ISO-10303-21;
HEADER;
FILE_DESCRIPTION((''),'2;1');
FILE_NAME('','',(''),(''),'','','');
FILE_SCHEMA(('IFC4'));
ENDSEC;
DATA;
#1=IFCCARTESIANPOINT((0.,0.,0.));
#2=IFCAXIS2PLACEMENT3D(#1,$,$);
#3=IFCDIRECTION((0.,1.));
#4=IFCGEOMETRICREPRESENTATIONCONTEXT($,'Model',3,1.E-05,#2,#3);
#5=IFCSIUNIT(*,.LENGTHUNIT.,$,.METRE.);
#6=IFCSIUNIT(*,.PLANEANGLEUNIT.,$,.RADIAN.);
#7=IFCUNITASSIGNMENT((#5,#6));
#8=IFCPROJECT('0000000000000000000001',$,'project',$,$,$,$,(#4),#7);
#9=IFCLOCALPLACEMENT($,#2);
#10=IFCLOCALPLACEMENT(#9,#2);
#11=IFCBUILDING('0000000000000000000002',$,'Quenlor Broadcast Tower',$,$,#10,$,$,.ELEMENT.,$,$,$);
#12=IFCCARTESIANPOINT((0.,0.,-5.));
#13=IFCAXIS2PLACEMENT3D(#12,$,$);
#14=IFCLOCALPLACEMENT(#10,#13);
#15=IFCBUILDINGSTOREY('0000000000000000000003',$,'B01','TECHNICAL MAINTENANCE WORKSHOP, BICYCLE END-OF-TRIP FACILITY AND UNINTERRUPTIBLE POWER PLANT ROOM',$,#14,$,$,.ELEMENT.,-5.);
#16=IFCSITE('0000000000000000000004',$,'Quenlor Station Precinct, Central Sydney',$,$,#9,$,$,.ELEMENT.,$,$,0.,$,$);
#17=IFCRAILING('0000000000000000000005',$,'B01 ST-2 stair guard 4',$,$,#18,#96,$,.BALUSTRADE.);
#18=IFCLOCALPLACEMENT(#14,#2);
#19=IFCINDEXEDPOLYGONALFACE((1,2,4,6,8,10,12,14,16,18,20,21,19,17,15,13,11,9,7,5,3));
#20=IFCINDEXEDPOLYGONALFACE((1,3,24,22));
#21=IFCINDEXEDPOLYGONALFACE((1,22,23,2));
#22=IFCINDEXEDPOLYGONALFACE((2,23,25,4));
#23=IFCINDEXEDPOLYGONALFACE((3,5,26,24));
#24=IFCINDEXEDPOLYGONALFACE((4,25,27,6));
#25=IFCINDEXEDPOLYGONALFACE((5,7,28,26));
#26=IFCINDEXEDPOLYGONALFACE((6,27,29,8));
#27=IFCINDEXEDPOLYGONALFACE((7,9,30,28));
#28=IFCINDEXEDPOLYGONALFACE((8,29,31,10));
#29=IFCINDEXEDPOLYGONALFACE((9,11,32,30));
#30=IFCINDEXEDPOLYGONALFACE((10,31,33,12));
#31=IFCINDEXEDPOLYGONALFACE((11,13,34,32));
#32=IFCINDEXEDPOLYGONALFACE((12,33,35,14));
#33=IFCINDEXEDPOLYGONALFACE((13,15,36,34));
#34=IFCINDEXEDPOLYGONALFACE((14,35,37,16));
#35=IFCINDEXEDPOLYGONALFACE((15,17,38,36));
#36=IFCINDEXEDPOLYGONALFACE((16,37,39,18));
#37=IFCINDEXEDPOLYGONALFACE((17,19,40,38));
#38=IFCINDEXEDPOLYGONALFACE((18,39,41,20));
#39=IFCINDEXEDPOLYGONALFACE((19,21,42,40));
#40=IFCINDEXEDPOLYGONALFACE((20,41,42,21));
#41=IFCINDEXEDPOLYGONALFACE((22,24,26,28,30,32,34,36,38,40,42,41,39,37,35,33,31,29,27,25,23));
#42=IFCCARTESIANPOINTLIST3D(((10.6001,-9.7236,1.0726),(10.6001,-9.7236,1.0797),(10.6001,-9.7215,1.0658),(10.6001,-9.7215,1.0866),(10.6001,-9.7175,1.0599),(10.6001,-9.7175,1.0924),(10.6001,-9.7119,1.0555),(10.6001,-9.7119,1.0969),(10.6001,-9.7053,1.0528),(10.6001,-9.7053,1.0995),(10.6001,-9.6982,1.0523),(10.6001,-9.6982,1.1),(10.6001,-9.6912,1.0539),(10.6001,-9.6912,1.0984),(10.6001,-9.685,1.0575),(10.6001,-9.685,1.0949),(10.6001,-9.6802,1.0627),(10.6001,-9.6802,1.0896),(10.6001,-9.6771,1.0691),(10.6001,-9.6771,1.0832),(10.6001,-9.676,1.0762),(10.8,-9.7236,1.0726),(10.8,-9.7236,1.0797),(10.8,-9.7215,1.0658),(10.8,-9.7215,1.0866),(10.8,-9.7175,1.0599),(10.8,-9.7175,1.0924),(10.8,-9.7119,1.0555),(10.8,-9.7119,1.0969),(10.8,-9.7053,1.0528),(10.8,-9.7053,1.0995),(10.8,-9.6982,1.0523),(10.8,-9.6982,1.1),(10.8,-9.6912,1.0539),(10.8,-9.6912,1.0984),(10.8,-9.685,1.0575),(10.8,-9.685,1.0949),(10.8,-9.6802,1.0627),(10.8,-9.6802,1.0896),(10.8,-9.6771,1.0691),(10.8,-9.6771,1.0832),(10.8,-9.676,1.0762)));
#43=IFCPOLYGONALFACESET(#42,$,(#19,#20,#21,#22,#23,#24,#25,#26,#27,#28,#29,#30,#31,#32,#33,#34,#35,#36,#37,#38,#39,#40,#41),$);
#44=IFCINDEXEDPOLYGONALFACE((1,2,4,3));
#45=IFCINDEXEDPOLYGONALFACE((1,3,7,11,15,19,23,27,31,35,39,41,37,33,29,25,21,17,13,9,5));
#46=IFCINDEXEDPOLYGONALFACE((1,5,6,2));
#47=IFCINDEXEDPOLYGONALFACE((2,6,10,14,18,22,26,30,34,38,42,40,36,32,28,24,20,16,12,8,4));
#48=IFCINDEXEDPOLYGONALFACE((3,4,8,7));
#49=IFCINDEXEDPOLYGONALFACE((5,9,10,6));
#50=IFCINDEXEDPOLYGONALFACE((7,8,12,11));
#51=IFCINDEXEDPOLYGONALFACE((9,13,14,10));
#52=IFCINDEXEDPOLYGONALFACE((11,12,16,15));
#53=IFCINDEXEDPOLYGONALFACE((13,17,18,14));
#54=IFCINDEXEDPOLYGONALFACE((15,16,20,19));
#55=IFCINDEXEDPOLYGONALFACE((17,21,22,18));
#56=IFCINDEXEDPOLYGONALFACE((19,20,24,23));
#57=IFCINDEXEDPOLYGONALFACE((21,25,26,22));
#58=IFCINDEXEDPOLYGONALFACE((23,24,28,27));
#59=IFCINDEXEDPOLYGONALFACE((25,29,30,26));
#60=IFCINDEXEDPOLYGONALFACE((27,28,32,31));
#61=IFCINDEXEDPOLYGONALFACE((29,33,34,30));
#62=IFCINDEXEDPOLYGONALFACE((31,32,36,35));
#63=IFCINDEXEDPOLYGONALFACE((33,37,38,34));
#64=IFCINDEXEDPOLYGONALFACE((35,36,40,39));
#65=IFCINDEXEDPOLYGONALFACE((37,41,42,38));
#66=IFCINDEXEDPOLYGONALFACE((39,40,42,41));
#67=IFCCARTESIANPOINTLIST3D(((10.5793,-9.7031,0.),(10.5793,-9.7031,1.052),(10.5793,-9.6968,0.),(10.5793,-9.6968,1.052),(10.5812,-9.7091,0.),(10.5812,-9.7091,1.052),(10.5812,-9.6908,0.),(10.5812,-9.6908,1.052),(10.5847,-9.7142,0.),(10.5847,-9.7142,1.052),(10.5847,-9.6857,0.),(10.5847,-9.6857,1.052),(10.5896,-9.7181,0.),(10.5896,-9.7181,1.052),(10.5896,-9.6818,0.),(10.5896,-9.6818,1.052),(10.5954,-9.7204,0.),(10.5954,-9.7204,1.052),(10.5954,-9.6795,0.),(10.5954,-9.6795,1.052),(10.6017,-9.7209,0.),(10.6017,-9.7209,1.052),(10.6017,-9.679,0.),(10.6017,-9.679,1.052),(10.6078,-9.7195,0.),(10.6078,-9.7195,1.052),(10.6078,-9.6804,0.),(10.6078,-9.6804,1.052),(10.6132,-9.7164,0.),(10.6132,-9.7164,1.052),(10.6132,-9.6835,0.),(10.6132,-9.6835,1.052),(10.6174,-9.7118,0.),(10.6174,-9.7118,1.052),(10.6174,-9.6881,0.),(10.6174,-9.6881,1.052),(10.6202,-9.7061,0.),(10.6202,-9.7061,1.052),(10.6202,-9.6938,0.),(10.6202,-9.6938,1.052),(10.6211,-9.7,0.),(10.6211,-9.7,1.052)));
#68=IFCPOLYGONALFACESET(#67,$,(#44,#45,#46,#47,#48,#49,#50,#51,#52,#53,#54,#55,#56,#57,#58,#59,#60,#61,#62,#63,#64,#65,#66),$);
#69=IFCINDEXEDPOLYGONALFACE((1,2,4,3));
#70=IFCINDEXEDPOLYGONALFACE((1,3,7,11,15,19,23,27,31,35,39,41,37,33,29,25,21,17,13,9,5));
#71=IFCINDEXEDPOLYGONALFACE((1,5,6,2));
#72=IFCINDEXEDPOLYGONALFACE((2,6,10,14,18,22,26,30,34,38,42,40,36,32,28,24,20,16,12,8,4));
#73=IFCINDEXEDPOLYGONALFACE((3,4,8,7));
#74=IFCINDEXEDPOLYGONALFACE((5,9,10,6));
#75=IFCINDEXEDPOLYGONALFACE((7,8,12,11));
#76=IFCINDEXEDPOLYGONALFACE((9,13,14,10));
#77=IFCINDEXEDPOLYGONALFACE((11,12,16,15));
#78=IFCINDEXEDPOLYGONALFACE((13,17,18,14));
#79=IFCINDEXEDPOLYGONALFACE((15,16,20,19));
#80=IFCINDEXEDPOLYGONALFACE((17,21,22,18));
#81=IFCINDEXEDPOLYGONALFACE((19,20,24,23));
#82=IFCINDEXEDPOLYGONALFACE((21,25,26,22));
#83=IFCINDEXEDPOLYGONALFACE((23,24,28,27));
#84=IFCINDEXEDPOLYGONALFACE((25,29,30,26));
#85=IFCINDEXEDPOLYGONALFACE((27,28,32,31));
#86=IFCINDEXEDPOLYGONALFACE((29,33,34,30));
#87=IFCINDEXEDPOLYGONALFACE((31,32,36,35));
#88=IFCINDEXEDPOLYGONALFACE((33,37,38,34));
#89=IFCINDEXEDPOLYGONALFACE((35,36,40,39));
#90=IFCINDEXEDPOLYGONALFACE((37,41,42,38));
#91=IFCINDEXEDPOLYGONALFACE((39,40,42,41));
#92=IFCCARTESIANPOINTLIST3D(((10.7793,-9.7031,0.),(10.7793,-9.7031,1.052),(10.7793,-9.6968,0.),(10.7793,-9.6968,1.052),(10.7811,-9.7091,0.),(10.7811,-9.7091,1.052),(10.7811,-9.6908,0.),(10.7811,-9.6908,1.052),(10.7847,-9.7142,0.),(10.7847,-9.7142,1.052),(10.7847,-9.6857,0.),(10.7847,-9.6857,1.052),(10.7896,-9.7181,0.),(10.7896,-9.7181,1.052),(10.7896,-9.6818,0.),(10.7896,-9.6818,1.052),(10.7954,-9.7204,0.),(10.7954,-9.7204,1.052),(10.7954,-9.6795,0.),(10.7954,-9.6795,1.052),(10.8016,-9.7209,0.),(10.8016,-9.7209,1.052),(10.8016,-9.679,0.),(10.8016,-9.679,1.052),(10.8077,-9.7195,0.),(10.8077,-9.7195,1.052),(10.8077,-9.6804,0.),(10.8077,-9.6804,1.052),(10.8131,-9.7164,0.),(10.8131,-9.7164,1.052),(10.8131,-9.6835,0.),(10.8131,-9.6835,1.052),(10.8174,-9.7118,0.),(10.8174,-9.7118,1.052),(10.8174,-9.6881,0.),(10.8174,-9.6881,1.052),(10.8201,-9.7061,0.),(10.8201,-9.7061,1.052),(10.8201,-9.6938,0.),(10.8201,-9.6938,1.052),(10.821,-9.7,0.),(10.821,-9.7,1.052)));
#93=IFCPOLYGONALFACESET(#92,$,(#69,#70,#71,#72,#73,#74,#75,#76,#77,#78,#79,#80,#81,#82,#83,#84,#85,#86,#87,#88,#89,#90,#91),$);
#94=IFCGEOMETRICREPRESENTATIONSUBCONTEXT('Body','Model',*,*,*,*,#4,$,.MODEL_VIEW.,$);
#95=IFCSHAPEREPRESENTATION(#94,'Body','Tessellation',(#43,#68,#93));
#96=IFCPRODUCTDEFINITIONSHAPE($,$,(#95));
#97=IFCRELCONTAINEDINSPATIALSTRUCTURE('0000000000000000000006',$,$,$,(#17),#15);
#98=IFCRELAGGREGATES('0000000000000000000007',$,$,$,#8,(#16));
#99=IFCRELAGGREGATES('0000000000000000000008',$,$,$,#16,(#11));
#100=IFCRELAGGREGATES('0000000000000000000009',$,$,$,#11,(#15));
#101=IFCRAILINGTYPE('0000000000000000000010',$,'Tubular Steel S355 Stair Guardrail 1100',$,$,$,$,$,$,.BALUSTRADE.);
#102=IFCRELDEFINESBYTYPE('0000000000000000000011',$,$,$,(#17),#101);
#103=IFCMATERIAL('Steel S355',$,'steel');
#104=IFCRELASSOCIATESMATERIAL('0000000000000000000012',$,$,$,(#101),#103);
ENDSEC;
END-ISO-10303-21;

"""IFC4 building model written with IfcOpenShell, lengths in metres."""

from ifc_helpers import new_model, si_unit, direction, frame, origin, origin_2d, place, context, subcontext, project, spatial, circle, extrude, material, type_object, element, save


model = new_model("IFC4")

# Units and contexts
model_context = context("Model", 3, precision=1e-05, world=origin(), true_north=direction((0.0, 1.0)))
body_context = subcontext(model_context, "Body", "Model", "MODEL_VIEW")
ifc_project = project(units=[si_unit("LENGTHUNIT", "METRE"), si_unit("PLANEANGLEUNIT", "RADIAN")], contexts=[model_context])

# Site, building, storey
site_placement = place(None, origin())
site = spatial("IfcSite", under=ifc_project, at=site_placement, Name="Quenlor Station Precinct, Central Sydney", CompositionType="ELEMENT", RefElevation=0.0)
building_placement = place(site_placement, origin())
building = spatial("IfcBuilding", under=site, at=building_placement, Name="Quenlor Broadcast Tower", CompositionType="ELEMENT")
storey_placement = place(building_placement, frame((0.0, 0.0, -5.0)))
storey = spatial("IfcBuildingStorey", under=building, at=storey_placement, Name="B01", Description="TECHNICAL MAINTENANCE WORKSHOP, BICYCLE END-OF-TRIP FACILITY AND UNINTERRUPTIBLE POWER PLANT ROOM", CompositionType="ELEMENT", Elevation=-5.0)

# Railing
ifc_material_1 = material(Name="Steel S355", Category="steel")
railing_type_1 = type_object("IfcRailingType", Name="Tubular Steel S355 Stair Guardrail 1100", PredefinedType="BALUSTRADE", material=ifc_material_1)
railing_1_placement = place(storey_placement, frame((10.6001, -9.7, 0.0)))
element("IfcRailing", 1, at=railing_1_placement, inside=storey, type_object=railing_type_1, Name="B01 ST-2 stair guard 4", PredefinedType="BALUSTRADE", context=body_context, shape_type="SweptSolid", body=[
    extrude(circle(Radius=0.0239, at=origin_2d()), frame((0.0, 0.0, 1.0762), z_axis=(1.0, 0.0, 0.0), x_axis=(0.0, 1.0, 0.0)), (0.0, 0.0, 1.0), 0.2),
    extrude(circle(Radius=0.021, at=origin_2d()), origin(), (0.0, 0.0, 1.0), 1.052),
    extrude(circle(Radius=0.021, at=origin_2d()), frame((0.2, 0.0, 0.0)), (0.0, 0.0, 1.0), 1.052),
])

save(model, "model.ifc")
